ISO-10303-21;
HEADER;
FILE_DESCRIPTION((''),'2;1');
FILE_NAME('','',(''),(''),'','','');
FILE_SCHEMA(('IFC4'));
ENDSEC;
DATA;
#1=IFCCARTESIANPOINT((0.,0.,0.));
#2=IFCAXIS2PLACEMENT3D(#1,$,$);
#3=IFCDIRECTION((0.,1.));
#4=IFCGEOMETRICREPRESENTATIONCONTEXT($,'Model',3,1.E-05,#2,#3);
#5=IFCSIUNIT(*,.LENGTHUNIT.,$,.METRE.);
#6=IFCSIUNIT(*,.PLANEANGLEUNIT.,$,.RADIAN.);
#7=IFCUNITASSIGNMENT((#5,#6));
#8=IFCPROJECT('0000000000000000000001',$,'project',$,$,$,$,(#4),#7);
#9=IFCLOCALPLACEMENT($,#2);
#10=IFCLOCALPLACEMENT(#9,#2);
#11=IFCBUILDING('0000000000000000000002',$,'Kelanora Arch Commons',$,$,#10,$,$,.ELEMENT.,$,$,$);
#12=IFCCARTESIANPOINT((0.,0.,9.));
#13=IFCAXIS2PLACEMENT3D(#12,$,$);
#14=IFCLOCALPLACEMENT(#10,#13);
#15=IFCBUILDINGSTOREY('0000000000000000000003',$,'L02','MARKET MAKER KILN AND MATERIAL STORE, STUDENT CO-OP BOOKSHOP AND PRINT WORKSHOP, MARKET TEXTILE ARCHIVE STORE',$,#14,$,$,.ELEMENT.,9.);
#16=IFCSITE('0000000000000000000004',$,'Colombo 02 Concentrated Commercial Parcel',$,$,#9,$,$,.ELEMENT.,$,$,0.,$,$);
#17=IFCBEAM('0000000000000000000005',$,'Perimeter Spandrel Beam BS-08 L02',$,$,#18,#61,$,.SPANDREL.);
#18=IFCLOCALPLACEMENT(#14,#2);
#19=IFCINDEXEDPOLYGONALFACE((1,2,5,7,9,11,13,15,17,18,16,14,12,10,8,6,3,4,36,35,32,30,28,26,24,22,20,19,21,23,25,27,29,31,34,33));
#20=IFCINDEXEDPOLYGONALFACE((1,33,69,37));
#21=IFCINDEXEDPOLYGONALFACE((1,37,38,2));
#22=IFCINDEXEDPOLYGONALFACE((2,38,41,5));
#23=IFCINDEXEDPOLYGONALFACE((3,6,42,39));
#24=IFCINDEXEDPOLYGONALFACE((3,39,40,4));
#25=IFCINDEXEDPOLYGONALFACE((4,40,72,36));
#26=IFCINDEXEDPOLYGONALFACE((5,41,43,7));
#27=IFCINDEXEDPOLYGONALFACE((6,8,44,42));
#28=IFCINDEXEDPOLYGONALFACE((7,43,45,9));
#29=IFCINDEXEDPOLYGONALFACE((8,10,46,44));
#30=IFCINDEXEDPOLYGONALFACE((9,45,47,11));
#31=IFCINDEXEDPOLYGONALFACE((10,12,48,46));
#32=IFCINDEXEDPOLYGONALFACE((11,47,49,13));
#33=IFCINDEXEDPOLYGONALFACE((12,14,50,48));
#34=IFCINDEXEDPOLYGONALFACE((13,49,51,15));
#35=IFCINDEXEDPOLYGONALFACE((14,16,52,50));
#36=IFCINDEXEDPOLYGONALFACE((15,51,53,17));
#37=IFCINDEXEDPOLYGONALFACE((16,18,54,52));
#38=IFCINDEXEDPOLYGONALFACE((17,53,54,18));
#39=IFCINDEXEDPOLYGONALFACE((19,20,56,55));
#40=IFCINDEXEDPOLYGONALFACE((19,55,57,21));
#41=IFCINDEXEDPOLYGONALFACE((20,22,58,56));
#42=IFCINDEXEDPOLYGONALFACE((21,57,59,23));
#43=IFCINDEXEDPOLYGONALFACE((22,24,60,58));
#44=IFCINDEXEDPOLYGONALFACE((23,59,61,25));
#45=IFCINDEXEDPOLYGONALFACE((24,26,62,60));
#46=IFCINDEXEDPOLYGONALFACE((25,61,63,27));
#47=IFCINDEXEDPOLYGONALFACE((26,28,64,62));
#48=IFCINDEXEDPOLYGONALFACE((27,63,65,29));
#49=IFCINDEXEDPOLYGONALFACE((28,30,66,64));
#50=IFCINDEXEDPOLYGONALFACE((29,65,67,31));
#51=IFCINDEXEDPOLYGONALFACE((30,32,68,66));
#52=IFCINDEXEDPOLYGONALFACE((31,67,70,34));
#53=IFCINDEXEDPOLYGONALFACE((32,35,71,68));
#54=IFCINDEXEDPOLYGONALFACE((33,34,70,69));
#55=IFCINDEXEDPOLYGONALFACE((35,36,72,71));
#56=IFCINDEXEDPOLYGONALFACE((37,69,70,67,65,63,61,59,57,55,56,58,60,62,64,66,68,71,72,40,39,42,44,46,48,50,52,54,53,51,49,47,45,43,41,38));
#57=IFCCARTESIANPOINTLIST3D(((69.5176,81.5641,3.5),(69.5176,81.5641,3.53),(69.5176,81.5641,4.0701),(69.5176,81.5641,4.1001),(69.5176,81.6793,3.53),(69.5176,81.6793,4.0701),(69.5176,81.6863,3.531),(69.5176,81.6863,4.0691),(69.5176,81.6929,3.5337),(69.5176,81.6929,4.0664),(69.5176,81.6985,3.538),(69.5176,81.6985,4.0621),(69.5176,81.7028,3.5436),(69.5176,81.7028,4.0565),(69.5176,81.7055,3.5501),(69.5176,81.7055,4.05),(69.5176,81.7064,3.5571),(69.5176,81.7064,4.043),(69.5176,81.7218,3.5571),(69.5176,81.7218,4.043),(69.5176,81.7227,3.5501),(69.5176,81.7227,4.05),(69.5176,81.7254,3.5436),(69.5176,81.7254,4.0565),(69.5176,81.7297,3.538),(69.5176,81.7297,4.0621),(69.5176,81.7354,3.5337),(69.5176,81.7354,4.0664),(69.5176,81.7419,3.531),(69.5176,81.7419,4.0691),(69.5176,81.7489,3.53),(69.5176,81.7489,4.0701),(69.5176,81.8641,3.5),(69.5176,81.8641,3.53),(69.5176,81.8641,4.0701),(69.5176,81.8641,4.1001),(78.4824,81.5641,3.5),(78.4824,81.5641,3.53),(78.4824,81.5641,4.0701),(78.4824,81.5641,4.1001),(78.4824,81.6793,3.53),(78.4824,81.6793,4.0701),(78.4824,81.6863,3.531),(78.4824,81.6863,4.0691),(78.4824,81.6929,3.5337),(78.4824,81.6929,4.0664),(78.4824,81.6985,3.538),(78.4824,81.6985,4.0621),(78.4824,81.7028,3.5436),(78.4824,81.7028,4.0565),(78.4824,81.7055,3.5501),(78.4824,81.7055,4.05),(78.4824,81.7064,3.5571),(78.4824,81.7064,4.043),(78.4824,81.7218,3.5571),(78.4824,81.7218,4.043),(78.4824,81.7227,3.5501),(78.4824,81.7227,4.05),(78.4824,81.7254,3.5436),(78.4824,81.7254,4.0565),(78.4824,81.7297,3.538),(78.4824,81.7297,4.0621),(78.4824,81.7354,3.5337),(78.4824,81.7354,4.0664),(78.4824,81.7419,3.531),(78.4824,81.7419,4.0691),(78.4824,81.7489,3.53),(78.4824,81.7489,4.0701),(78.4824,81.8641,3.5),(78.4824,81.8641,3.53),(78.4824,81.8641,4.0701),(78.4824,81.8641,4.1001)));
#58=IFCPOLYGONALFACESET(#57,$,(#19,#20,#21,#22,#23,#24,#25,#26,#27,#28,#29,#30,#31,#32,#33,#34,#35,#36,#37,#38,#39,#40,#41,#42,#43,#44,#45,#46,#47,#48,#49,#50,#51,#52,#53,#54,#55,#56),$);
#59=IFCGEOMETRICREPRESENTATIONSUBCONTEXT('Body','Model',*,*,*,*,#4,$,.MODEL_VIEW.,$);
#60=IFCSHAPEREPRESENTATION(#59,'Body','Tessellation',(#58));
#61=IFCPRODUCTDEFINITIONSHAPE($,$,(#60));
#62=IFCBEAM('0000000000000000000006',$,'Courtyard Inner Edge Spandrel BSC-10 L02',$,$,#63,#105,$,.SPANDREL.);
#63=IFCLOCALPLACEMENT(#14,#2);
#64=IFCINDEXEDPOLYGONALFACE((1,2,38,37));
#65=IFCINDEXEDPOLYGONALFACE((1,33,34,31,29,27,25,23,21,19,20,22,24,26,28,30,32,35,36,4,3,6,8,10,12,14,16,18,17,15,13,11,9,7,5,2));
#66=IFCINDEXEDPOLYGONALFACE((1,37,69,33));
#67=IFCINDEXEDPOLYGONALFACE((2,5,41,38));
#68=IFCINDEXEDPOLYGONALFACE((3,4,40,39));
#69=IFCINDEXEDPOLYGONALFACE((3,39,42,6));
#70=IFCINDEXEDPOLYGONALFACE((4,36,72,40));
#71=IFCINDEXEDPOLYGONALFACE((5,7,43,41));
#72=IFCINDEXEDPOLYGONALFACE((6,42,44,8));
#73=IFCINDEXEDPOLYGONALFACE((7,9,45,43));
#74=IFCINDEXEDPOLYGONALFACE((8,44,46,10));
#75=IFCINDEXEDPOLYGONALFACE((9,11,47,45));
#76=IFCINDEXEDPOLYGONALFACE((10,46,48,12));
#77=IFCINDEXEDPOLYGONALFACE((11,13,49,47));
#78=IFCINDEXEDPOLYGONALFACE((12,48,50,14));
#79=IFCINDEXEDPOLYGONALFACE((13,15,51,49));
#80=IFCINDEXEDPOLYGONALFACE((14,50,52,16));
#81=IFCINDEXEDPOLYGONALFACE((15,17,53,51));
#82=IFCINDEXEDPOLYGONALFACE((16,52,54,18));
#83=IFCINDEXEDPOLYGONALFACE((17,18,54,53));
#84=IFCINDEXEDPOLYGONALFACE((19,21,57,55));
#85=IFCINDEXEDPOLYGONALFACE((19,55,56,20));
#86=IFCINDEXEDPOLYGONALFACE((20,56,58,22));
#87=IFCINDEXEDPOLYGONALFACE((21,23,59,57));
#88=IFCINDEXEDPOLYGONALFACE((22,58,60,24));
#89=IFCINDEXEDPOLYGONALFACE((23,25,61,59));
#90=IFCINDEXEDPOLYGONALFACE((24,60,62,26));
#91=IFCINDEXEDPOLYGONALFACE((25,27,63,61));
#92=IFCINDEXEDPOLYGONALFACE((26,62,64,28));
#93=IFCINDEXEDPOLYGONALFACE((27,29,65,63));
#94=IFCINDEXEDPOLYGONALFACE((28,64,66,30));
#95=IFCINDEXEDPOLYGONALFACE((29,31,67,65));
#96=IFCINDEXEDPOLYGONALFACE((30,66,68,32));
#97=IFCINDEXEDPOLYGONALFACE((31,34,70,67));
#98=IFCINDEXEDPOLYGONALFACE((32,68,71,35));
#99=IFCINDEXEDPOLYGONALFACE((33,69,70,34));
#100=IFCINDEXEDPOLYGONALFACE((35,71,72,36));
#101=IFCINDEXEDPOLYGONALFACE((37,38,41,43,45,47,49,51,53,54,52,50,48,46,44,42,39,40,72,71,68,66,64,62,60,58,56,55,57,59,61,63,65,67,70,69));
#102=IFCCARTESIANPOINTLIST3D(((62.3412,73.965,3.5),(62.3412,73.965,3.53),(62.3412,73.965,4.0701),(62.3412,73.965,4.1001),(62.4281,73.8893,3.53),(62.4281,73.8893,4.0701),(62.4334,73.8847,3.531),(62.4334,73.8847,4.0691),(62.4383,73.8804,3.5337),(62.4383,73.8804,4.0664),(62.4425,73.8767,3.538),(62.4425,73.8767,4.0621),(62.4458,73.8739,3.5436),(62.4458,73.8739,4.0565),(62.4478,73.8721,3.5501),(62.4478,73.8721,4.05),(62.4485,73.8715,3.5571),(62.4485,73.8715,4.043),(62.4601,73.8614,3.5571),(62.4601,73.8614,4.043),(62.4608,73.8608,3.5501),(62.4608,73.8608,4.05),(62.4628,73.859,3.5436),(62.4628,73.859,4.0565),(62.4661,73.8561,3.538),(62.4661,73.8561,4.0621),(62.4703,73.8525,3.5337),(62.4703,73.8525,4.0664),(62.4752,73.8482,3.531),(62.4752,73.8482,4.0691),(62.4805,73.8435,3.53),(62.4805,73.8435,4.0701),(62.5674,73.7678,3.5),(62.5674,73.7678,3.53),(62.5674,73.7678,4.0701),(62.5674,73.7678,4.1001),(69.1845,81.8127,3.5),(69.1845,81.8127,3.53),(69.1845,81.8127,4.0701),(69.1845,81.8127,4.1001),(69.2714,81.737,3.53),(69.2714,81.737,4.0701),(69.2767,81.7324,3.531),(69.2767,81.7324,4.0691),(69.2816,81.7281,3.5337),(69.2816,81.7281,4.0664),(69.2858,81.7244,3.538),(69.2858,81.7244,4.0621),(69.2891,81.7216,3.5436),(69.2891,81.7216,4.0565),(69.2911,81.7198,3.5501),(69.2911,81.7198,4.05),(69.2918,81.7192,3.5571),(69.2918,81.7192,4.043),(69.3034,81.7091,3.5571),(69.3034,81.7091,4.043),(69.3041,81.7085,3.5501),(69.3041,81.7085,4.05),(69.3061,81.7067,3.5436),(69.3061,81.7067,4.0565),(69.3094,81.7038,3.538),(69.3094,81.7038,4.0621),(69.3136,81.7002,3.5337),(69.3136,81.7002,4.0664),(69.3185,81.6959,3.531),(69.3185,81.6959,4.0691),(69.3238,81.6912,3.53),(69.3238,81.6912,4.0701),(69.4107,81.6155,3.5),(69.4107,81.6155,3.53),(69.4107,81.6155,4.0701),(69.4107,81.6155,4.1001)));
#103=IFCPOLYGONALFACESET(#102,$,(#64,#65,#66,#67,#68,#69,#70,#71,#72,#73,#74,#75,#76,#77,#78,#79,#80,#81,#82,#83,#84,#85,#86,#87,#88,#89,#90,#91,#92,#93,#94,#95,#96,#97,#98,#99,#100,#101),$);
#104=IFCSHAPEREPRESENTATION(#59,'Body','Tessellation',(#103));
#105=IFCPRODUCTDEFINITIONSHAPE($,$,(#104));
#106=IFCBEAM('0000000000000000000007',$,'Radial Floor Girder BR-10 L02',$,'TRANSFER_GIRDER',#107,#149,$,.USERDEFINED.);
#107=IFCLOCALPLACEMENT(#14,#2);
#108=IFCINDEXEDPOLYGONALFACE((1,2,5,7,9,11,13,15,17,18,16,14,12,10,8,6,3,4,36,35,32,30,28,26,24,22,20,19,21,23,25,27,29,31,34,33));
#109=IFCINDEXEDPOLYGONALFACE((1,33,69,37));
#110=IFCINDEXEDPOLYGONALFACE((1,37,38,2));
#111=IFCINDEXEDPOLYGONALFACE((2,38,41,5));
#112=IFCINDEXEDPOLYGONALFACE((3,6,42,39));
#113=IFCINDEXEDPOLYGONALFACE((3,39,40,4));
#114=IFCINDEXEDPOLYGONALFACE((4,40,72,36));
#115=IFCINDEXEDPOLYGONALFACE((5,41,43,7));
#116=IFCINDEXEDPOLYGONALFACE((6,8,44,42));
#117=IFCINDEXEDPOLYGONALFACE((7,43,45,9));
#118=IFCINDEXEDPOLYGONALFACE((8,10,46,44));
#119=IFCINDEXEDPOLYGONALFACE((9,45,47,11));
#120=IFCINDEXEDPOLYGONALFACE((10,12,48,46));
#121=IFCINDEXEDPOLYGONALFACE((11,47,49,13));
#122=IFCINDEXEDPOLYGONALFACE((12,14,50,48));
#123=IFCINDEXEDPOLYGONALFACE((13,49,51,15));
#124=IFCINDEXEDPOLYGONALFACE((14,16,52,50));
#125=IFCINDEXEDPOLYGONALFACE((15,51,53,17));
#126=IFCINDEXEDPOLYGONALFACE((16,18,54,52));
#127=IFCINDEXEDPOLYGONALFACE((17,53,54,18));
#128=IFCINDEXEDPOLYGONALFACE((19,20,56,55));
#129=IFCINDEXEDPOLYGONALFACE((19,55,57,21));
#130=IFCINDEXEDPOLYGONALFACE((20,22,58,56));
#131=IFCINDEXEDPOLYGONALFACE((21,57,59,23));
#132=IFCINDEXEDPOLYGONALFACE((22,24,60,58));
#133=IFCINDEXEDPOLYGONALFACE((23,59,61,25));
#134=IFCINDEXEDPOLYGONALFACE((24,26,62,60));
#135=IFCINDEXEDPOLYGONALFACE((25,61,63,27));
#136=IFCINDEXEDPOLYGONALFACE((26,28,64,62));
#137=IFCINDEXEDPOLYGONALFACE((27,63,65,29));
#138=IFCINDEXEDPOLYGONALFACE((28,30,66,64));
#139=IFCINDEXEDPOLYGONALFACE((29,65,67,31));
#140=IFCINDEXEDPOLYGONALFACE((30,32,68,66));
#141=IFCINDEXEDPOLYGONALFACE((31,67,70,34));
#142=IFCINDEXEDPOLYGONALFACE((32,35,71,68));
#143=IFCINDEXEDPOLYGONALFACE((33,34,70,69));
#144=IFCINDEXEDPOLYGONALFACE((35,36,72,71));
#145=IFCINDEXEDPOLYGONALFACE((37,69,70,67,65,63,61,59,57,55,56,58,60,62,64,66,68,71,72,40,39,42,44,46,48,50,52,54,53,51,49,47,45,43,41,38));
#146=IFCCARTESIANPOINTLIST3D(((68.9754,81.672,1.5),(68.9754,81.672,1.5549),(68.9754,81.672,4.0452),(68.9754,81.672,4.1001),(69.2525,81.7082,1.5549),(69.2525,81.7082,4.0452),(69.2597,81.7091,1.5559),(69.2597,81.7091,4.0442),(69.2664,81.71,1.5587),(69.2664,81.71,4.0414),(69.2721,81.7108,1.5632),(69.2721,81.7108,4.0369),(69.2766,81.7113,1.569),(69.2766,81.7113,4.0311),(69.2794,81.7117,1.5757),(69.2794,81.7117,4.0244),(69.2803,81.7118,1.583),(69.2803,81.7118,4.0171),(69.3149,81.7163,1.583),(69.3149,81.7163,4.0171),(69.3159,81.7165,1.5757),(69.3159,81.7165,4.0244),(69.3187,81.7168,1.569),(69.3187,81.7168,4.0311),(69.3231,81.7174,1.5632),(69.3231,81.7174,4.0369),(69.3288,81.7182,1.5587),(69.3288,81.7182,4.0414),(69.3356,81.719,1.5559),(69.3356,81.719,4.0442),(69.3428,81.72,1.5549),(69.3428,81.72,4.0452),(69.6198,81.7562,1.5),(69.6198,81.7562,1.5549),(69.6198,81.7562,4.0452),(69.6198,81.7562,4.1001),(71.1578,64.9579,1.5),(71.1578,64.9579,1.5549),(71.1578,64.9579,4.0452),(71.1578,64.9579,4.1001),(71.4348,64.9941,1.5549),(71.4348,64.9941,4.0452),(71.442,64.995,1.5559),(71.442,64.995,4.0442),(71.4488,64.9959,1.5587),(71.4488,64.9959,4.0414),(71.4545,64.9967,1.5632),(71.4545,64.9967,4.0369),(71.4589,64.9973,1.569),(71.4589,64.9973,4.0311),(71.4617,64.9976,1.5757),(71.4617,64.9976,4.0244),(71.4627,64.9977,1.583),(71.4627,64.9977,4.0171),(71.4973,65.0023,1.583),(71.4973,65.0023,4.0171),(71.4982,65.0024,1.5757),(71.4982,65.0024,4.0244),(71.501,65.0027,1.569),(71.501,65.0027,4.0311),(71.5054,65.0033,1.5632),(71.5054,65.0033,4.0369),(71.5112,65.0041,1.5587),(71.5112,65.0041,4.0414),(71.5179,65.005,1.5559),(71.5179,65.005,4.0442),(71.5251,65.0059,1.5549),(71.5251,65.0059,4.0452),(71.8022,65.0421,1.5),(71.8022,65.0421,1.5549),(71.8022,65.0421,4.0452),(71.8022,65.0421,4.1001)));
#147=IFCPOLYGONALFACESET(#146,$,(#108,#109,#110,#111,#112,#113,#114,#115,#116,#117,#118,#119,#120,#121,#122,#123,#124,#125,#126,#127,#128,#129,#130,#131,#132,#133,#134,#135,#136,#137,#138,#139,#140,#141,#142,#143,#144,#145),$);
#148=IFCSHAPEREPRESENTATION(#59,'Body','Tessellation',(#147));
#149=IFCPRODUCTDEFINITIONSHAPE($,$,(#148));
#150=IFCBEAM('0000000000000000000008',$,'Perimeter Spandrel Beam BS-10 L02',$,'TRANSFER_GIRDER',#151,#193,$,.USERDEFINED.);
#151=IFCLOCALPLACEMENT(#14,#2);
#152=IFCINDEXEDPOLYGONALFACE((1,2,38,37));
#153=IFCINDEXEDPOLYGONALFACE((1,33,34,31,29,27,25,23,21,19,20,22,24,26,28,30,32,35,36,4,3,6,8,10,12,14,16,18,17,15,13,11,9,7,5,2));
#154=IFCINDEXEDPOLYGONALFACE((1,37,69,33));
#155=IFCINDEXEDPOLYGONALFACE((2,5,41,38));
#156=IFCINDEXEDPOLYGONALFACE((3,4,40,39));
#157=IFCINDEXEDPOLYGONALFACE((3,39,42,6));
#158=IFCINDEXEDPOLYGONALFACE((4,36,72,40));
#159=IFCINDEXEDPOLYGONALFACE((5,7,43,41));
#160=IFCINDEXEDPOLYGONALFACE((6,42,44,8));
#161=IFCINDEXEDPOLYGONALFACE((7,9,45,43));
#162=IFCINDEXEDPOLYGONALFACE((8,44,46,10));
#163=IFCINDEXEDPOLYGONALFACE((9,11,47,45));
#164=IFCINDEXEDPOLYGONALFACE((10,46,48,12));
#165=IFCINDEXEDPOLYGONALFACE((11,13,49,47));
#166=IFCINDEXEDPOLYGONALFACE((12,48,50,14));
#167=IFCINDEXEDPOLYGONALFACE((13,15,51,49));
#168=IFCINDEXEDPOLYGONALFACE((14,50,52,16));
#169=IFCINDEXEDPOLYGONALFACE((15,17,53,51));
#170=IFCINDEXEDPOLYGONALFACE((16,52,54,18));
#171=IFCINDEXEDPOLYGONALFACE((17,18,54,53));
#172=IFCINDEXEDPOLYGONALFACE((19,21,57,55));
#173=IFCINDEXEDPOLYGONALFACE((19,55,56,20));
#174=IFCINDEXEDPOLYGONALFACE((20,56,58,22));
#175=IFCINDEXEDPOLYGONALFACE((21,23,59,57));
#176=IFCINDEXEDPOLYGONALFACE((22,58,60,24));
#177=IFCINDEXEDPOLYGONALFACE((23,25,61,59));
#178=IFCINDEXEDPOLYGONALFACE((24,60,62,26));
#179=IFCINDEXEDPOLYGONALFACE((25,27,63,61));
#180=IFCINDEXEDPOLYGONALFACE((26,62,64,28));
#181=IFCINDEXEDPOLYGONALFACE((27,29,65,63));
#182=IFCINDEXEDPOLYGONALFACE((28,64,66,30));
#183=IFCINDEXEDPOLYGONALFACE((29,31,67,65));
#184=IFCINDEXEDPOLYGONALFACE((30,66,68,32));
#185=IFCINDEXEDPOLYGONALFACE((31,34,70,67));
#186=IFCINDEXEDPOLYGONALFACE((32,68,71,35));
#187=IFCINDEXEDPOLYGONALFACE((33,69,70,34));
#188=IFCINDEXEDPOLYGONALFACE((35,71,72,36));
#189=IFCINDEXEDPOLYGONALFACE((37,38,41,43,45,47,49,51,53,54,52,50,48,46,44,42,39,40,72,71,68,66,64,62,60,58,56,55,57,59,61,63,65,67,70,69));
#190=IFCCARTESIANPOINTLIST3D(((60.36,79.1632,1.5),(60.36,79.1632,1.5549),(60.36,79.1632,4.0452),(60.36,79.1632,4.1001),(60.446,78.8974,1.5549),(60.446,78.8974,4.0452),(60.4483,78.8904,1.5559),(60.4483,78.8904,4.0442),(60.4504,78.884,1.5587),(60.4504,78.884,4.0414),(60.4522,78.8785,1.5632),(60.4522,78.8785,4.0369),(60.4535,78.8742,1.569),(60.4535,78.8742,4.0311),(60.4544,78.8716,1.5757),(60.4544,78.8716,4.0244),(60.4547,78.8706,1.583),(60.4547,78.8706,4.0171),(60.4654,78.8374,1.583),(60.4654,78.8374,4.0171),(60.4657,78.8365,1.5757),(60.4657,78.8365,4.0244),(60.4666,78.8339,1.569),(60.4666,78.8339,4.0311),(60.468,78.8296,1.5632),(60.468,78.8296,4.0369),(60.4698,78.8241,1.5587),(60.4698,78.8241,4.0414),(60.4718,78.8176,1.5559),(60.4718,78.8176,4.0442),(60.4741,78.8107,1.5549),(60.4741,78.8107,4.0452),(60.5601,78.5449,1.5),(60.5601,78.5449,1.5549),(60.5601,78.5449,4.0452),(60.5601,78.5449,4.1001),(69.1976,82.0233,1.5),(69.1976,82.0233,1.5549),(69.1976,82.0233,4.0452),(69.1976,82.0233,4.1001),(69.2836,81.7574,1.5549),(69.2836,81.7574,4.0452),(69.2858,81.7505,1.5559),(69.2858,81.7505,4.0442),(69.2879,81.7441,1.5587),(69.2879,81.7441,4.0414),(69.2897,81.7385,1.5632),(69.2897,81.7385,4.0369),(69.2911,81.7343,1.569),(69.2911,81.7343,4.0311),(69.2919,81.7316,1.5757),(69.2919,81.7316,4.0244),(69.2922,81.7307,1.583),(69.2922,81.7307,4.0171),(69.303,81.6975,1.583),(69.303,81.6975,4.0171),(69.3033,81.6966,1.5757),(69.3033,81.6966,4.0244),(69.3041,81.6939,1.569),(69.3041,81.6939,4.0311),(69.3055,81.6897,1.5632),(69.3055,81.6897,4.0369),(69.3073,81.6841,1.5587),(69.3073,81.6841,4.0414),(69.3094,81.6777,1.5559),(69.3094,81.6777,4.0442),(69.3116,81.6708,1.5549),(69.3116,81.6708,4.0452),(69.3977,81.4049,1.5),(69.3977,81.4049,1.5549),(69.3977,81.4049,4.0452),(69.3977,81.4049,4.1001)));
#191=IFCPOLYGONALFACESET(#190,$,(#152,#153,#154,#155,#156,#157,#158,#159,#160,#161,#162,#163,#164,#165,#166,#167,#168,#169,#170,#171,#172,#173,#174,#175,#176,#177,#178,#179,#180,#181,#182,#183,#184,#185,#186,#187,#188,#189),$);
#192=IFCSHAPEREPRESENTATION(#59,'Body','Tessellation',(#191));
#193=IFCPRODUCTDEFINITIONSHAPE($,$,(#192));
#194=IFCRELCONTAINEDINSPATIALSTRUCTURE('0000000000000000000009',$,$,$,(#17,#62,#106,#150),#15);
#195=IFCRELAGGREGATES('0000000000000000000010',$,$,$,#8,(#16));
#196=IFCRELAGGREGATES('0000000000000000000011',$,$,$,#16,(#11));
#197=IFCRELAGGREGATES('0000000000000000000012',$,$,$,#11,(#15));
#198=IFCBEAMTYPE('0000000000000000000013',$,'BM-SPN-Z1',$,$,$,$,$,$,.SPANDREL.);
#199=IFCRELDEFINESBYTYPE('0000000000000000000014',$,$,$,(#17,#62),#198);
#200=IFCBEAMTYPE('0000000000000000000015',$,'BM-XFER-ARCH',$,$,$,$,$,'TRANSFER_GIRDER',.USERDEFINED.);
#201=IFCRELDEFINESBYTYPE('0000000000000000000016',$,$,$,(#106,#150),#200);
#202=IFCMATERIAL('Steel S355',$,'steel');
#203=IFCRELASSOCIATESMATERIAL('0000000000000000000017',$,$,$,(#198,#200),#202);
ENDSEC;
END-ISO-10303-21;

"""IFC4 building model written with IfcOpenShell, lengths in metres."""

from ifc_helpers import new_model, si_unit, direction, frame, origin, origin_2d, place, context, subcontext, project, spatial, i_section, extrude, material, material_profile, profile_set, type_object, element, save


model = new_model("IFC4")

# Units and contexts
model_context = context("Model", 3, precision=1e-05, world=origin(), true_north=direction((0.0, 1.0)))
body_context = subcontext(model_context, "Body", "Model", "MODEL_VIEW")
ifc_project = project(units=[si_unit("LENGTHUNIT", "METRE"), si_unit("PLANEANGLEUNIT", "RADIAN")], contexts=[model_context])

# Site, building, storey
site_placement = place(None, origin())
site = spatial("IfcSite", under=ifc_project, at=site_placement, Name="Colombo 02 Concentrated Commercial Parcel", CompositionType="ELEMENT", RefElevation=0.0)
building_placement = place(site_placement, origin())
building = spatial("IfcBuilding", under=site, at=building_placement, Name="Kelanora Arch Commons", CompositionType="ELEMENT")
storey_placement = place(building_placement, frame((0.0, 0.0, 9.0)))
storey = spatial("IfcBuildingStorey", under=building, at=storey_placement, Name="L02", Description="MARKET MAKER KILN AND MATERIAL STORE, STUDENT CO-OP BOOKSHOP AND PRINT WORKSHOP, MARKET TEXTILE ARCHIVE STORE", CompositionType="ELEMENT", Elevation=9.0)

# Beams
ifc_material_1 = material(Name="Steel S355", Category="steel")
ifc_material_profile_1 = material_profile(ifc_material_1, i_section(OverallWidth=0.3, OverallDepth=0.6001, WebThickness=0.0154, FlangeThickness=0.03, FilletRadius=0.0271, at=origin_2d()), Name="HEB600")
ifc_profile_set_1 = profile_set([ifc_material_profile_1], Name="Steel S355")
beam_type_1 = type_object("IfcBeamType", Name="BM-SPN-Z1", PredefinedType="SPANDREL", material=ifc_profile_set_1)
beam_1_placement = place(storey_placement, frame((78.4824, 81.7141, 3.8), z_axis=(-1.0, 0.0, 0.0), x_axis=(0.0, -1.0, 0.0)))
element("IfcBeam", 1, at=beam_1_placement, inside=storey, type_object=beam_type_1, Name="Perimeter Spandrel Beam BS-08 L02", PredefinedType="SPANDREL", context=body_context, shape_type="SweptSolid", body=[
    extrude(i_section(OverallWidth=0.3, OverallDepth=0.6001, WebThickness=0.0154, FlangeThickness=0.03, FilletRadius=0.0271, at=origin_2d()), origin(), (0.0, 0.0, 1.0), 8.9648),
])
beam_2_placement = place(storey_placement, frame((69.2976, 81.7141, 3.8), z_axis=(-0.657229, -0.753691, 0.0), x_axis=(0.753691, -0.657229, 0.0)))
element("IfcBeam", 2, at=beam_2_placement, inside=storey, type_object=beam_type_1, Name="Courtyard Inner Edge Spandrel BSC-10 L02", PredefinedType="SPANDREL", context=body_context, shape_type="SweptSolid", body=[
    extrude(i_section(OverallWidth=0.3, OverallDepth=0.6001, WebThickness=0.0154, FlangeThickness=0.03, FilletRadius=0.0271, at=origin_2d()), origin(), (0.0, 0.0, 1.0), 10.4124),
])
ifc_material_profile_2 = material_profile(ifc_material_1, i_section(OverallWidth=0.6499, OverallDepth=2.6001, WebThickness=0.0349, FlangeThickness=0.0549, FilletRadius=0.0281, at=origin_2d()), Name="PG2600x650")
ifc_profile_set_2 = profile_set([ifc_material_profile_2], Name="Steel S355")
beam_type_2 = type_object("IfcBeamType", Name="BM-XFER-ARCH", ElementType="TRANSFER_GIRDER", PredefinedType="USERDEFINED", material=ifc_profile_set_2)
beam_3_placement = place(storey_placement, frame((71.48, 65.0, 2.8), z_axis=(-0.129472, 0.991583, 0.0), x_axis=(-0.991583, -0.129472, 0.0)))
element("IfcBeam", 3, at=beam_3_placement, inside=storey, type_object=beam_type_2, Name="Radial Floor Girder BR-10 L02", ObjectType="TRANSFER_GIRDER", PredefinedType="USERDEFINED", context=body_context, shape_type="SweptSolid", body=[
    extrude(i_section(OverallWidth=0.6499, OverallDepth=2.6001, WebThickness=0.0349, FlangeThickness=0.0549, FilletRadius=0.0281, at=origin_2d()), origin(), (0.0, 0.0, 1.0), 16.856),
])
beam_4_placement = place(storey_placement, frame((69.2976, 81.7141, 2.8), z_axis=(-0.951417, -0.307905, 0.0), x_axis=(0.307905, -0.951417, 0.0)))
element("IfcBeam", 4, at=beam_4_placement, inside=storey, type_object=beam_type_2, Name="Perimeter Spandrel Beam BS-10 L02", ObjectType="TRANSFER_GIRDER", PredefinedType="USERDEFINED", context=body_context, shape_type="SweptSolid", body=[
    extrude(i_section(OverallWidth=0.6499, OverallDepth=2.6001, WebThickness=0.0349, FlangeThickness=0.0549, FilletRadius=0.0281, at=origin_2d()), origin(), (0.0, 0.0, 1.0), 9.2888),
])

save(model, "model.ifc")
